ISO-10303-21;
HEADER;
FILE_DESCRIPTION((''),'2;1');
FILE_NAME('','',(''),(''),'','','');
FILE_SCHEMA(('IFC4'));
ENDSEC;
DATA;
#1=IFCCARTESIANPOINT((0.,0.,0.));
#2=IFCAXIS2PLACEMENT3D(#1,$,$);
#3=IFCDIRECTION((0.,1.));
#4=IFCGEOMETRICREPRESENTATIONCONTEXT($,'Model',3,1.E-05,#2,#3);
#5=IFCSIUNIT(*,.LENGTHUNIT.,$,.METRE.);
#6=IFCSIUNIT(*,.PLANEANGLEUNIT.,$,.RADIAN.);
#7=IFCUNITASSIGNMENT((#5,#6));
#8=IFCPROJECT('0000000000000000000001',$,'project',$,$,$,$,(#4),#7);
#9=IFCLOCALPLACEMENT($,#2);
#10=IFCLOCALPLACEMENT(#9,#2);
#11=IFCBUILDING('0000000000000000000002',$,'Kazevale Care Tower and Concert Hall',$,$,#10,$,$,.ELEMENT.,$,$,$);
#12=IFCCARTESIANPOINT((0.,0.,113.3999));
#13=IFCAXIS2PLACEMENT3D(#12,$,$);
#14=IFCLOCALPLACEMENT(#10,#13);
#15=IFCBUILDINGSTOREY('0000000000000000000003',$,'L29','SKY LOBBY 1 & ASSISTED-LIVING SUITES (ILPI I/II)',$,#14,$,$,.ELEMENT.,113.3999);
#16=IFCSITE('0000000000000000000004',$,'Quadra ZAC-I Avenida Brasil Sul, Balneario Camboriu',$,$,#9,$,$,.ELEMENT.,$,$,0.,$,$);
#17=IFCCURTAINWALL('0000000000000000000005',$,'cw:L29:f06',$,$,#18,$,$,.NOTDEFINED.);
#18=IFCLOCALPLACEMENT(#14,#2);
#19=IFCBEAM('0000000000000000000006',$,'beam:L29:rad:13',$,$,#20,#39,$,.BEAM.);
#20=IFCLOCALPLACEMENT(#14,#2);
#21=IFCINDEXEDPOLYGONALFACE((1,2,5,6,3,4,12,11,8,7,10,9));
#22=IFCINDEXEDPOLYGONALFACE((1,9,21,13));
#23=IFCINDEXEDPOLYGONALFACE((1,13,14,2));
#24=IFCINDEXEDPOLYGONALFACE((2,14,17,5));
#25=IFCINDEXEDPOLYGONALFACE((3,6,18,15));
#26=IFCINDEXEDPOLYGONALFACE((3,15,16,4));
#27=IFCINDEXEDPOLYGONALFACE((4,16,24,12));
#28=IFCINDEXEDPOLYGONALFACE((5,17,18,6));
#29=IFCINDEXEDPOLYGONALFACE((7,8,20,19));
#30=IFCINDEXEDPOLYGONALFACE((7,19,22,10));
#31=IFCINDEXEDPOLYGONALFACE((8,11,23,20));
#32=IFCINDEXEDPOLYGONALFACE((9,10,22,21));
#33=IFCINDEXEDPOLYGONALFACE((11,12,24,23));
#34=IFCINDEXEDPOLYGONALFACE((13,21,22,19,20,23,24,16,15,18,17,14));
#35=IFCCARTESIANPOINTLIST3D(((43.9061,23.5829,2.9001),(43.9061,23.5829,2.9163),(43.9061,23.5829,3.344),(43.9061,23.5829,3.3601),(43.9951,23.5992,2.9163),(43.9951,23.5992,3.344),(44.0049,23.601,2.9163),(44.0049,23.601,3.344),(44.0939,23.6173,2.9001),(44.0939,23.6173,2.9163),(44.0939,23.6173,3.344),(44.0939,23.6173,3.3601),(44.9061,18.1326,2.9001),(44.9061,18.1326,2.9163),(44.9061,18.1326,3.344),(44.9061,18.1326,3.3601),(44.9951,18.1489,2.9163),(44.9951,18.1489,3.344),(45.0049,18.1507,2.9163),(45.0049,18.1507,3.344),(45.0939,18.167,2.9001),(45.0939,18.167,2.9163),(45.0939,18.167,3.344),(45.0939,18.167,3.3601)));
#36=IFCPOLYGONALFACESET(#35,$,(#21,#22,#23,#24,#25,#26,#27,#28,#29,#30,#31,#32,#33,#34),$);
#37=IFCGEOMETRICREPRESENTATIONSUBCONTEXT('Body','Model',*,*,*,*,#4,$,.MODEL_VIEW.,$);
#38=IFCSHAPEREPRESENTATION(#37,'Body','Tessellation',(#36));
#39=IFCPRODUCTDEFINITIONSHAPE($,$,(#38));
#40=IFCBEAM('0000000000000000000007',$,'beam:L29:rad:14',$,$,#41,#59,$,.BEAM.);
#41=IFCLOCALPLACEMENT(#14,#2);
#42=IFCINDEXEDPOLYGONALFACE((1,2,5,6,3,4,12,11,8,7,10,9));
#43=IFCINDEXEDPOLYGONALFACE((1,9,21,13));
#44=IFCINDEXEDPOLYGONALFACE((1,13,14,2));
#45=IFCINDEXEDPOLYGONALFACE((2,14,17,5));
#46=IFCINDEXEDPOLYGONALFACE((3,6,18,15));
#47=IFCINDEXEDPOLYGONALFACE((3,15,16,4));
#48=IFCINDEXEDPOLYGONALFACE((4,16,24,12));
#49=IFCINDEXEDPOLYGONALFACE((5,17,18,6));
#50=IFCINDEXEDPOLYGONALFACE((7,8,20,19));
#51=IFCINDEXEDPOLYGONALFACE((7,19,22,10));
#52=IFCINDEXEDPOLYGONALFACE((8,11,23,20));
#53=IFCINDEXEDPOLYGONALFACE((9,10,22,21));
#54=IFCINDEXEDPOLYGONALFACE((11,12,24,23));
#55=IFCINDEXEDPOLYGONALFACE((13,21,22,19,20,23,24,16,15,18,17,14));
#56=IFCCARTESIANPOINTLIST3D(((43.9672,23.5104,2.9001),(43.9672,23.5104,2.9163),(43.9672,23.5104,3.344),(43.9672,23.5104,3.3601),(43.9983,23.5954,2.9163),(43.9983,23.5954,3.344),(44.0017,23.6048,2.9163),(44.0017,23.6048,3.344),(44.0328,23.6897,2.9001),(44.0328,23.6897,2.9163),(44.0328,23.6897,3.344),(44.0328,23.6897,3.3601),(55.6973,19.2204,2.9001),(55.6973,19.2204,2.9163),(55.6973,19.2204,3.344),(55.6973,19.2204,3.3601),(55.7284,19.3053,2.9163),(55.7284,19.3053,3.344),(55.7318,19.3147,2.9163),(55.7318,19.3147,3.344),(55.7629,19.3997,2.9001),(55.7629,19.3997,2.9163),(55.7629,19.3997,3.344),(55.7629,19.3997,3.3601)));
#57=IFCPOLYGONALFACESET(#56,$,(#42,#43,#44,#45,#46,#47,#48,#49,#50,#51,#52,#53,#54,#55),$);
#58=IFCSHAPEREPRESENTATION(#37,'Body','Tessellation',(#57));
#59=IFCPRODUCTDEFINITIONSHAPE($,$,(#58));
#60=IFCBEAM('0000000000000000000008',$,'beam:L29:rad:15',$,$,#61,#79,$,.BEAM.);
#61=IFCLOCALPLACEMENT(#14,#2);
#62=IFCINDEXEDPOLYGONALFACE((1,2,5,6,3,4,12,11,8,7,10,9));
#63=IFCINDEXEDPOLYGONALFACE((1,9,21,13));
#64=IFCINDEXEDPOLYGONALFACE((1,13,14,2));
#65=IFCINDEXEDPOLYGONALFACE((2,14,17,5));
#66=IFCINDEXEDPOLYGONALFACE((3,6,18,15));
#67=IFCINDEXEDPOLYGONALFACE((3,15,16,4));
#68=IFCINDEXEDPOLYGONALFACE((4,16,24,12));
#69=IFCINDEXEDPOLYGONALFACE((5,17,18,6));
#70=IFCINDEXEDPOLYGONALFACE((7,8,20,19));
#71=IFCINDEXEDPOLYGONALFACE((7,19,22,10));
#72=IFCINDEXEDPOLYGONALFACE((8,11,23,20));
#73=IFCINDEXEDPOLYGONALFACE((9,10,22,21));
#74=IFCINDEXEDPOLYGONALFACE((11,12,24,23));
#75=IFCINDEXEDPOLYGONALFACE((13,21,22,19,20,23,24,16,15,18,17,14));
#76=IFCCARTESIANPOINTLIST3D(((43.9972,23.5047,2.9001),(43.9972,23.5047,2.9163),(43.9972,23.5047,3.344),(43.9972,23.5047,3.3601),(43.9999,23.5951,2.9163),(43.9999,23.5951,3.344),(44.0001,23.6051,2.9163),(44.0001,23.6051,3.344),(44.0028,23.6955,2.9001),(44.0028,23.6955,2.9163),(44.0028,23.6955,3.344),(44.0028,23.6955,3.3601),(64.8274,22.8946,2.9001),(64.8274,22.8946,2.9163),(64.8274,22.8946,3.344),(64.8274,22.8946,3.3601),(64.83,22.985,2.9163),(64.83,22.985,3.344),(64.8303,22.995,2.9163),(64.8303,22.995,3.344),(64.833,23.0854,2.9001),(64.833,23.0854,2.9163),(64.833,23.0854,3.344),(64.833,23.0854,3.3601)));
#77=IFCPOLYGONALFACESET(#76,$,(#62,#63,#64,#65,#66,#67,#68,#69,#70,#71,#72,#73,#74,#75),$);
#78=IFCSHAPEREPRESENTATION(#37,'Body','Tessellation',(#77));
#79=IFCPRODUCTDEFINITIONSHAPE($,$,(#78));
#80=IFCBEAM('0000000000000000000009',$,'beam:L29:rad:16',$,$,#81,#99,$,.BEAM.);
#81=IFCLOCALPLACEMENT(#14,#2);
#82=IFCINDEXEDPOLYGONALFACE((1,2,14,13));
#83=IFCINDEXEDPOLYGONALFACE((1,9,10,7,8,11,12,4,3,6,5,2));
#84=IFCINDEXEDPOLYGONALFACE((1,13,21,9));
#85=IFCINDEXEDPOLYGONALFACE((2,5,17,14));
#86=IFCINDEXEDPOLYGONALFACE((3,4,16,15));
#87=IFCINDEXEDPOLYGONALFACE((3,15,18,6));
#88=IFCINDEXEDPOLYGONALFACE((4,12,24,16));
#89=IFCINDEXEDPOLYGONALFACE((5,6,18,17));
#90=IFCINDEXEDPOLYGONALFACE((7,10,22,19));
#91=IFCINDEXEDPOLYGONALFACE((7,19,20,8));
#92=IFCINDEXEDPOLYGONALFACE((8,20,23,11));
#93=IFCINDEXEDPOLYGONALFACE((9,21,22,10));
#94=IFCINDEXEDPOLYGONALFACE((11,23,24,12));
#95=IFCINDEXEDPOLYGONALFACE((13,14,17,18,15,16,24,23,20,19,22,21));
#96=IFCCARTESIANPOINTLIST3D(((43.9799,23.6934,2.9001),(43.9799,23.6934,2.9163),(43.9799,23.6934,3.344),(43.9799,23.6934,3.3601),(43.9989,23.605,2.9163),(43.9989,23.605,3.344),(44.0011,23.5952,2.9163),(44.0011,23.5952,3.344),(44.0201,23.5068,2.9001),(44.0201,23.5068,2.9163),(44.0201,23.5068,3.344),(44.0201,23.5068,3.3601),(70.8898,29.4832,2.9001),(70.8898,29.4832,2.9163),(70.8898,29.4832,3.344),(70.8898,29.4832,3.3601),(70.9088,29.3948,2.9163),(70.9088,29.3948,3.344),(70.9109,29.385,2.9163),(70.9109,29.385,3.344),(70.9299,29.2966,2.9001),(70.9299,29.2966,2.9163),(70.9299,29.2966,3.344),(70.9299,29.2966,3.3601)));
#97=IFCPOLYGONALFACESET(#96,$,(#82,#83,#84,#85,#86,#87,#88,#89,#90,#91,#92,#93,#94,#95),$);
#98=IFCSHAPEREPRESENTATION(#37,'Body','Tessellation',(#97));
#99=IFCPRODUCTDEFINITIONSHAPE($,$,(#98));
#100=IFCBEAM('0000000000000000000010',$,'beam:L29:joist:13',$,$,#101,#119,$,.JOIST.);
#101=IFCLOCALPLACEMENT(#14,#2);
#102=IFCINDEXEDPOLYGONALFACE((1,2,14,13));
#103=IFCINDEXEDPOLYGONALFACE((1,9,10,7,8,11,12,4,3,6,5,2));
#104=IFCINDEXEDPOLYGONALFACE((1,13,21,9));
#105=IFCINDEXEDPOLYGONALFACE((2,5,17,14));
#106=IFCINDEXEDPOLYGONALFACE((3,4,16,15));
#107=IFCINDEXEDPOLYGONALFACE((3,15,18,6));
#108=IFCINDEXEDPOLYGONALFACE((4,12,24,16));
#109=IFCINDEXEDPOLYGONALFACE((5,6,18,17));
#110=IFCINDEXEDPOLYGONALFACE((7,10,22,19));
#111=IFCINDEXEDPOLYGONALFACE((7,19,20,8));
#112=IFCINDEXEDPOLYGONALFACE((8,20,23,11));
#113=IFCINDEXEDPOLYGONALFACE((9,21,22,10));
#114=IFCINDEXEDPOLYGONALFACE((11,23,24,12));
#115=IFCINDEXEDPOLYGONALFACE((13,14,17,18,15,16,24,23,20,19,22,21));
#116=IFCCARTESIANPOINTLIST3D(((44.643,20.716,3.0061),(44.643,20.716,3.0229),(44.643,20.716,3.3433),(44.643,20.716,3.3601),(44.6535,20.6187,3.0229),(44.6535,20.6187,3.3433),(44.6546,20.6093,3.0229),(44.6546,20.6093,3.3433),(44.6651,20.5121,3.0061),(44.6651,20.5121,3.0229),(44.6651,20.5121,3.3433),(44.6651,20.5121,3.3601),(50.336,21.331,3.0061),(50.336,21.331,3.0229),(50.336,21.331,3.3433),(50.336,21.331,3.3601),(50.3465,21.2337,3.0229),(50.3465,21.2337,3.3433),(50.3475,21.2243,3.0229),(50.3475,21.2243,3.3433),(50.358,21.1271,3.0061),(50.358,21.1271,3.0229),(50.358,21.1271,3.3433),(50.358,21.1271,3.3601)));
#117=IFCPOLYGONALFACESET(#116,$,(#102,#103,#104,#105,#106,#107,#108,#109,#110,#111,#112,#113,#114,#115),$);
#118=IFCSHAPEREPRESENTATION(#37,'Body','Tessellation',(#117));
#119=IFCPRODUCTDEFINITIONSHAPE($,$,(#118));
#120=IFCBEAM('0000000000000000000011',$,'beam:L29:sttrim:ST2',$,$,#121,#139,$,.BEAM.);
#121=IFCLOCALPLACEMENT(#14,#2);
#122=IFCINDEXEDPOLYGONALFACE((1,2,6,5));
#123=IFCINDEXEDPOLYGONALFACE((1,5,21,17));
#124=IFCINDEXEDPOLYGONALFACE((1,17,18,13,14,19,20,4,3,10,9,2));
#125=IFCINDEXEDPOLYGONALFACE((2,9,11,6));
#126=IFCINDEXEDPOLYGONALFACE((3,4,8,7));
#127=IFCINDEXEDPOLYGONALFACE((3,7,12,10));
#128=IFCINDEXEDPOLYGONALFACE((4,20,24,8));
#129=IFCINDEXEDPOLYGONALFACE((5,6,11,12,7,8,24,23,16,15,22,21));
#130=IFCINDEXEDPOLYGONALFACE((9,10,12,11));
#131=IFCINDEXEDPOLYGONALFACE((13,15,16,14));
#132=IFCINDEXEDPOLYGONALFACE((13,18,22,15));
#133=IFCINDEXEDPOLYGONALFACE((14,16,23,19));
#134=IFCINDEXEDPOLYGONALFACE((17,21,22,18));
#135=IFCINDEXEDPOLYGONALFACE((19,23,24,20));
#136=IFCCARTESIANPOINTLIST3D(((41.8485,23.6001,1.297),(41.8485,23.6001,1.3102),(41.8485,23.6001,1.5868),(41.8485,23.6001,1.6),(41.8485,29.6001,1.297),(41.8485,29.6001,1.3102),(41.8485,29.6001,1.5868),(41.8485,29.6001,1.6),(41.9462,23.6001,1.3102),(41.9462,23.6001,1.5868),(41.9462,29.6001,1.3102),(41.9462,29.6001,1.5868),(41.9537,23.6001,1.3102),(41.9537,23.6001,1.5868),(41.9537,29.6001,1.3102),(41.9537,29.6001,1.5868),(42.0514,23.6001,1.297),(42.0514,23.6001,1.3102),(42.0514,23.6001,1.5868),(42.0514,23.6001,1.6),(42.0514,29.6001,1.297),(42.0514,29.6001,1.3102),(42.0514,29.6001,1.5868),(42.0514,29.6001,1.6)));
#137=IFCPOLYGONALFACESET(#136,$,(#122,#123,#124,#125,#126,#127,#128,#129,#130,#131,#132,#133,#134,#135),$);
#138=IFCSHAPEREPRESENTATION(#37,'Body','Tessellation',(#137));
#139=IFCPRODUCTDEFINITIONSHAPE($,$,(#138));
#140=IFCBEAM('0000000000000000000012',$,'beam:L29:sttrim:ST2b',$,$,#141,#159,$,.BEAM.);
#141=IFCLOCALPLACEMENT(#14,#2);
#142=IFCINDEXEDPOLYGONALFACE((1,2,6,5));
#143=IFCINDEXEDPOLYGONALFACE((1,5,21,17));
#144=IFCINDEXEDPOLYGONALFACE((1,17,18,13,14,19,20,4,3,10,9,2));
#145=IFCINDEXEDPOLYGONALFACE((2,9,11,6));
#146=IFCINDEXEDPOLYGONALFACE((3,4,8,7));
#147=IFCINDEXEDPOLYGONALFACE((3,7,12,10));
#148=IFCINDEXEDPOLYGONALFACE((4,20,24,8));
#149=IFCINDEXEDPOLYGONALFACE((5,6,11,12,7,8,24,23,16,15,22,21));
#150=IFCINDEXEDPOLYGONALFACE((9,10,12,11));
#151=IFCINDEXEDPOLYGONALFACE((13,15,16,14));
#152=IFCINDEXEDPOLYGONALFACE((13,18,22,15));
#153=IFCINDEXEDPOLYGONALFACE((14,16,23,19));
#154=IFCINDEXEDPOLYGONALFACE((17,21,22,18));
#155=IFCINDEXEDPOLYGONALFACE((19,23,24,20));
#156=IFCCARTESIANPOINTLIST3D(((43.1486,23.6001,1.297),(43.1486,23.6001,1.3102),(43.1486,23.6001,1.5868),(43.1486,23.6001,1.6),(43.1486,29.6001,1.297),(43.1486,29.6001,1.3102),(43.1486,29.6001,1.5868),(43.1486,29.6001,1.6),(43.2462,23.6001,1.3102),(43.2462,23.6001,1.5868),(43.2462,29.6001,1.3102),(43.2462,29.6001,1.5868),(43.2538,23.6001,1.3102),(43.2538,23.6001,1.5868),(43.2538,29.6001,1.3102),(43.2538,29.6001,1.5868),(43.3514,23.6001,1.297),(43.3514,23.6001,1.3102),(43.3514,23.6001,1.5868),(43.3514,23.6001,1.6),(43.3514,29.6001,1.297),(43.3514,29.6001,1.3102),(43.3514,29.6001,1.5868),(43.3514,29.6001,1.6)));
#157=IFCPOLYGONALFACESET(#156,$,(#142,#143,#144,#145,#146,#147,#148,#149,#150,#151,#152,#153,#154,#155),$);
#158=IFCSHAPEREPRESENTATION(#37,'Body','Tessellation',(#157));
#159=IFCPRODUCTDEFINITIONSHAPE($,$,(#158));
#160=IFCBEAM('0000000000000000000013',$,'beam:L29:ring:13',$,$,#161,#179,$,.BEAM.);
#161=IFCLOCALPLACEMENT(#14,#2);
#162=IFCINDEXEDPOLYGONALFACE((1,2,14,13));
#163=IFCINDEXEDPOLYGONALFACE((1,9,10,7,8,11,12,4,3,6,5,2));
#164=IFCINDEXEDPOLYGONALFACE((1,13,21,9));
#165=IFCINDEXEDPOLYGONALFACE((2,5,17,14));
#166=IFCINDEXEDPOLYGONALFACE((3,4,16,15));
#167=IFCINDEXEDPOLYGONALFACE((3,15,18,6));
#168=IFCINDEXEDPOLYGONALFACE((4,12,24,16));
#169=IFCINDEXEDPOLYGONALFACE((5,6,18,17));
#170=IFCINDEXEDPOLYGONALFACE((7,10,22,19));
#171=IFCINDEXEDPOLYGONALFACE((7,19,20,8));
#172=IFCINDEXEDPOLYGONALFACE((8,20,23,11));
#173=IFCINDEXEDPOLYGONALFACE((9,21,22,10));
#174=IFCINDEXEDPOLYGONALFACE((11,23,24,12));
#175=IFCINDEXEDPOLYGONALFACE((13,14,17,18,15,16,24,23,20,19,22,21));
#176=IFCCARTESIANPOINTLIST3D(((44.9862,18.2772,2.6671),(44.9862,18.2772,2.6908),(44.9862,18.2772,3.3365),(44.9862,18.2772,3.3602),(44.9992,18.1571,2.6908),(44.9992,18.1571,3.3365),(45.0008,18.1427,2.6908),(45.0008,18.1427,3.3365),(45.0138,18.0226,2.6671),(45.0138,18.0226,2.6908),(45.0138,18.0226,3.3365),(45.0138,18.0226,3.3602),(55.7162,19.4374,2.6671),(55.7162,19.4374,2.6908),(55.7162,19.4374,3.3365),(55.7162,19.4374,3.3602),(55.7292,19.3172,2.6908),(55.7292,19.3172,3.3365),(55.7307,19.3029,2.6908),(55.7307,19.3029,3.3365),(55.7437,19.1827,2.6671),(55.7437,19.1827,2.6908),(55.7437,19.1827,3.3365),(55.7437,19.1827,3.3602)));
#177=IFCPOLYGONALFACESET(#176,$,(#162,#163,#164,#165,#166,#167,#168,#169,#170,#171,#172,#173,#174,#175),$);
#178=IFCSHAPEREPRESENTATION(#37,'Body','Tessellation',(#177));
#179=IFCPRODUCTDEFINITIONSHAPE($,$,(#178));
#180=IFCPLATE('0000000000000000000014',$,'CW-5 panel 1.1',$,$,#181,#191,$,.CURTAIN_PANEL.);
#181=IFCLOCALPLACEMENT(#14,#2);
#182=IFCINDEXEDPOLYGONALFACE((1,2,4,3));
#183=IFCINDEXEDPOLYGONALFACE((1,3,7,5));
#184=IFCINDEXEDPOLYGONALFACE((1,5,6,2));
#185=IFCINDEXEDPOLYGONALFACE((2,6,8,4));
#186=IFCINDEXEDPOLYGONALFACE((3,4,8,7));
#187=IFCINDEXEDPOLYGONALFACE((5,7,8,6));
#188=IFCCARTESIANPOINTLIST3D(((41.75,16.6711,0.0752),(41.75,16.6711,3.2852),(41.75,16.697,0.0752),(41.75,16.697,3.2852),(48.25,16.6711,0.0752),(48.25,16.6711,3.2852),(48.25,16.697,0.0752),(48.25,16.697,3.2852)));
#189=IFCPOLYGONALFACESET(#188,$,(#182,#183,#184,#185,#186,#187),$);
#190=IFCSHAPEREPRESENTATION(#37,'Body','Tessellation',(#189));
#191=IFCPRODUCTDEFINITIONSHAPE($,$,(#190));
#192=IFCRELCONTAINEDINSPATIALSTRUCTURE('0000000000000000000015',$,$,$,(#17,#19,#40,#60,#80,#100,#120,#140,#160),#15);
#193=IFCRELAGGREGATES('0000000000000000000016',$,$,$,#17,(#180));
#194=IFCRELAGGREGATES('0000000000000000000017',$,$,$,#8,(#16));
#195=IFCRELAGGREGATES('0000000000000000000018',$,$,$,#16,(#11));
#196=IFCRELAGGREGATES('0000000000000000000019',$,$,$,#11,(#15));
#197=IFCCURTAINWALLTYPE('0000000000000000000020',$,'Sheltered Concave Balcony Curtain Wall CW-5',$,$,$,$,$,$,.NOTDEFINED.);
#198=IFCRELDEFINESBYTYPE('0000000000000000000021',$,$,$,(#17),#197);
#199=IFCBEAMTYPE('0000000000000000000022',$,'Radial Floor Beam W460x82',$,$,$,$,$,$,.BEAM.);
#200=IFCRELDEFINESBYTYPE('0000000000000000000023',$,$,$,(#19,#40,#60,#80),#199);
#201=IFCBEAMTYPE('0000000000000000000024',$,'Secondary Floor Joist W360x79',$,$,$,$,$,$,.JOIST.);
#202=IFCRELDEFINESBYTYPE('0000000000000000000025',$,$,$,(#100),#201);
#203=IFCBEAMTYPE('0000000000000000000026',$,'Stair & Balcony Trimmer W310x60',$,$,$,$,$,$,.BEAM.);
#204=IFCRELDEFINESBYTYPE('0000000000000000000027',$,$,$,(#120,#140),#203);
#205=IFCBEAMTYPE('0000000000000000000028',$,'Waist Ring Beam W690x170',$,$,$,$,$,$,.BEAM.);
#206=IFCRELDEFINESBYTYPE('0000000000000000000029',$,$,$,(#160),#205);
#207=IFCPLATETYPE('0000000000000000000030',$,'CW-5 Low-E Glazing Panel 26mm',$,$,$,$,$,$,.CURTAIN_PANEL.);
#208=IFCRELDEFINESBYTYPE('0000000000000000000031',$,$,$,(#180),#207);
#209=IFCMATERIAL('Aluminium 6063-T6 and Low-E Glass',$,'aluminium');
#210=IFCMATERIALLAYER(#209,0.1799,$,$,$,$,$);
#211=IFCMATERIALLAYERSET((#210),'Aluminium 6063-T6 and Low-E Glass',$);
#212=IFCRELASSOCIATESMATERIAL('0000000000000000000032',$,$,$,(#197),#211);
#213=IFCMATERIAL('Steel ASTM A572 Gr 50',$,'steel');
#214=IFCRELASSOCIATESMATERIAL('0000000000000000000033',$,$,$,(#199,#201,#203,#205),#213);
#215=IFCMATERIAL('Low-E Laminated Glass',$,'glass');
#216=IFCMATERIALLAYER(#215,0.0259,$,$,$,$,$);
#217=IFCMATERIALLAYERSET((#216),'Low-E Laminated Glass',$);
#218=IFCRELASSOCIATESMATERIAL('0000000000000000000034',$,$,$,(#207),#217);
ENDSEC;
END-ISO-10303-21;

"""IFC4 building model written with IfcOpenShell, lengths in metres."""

from ifc_helpers import new_model, si_unit, direction, frame, origin, origin_2d, place, context, subcontext, project, spatial, rectangle, i_section, extrude, material, layer, layer_set, material_profile, profile_set, type_object, element, aggregate, save


model = new_model("IFC4")

# Units and contexts
model_context = context("Model", 3, precision=1e-05, world=origin(), true_north=direction((0.0, 1.0)))
body_context = subcontext(model_context, "Body", "Model", "MODEL_VIEW")
ifc_project = project(units=[si_unit("LENGTHUNIT", "METRE"), si_unit("PLANEANGLEUNIT", "RADIAN")], contexts=[model_context])

# Site, building, storey
site_placement = place(None, origin())
site = spatial("IfcSite", under=ifc_project, at=site_placement, Name="Quadra ZAC-I Avenida Brasil Sul, Balneario Camboriu", CompositionType="ELEMENT", RefElevation=0.0)
building_placement = place(site_placement, origin())
building = spatial("IfcBuilding", under=site, at=building_placement, Name="Kazevale Care Tower and Concert Hall", CompositionType="ELEMENT")
storey_placement = place(building_placement, frame((0.0, 0.0, 113.3999)))
storey = spatial("IfcBuildingStorey", under=building, at=storey_placement, Name="L29", Description="SKY LOBBY 1 & ASSISTED-LIVING SUITES (ILPI I/II)", CompositionType="ELEMENT", Elevation=113.3999)

# Curtain wall
ifc_material_1 = material(Name="Aluminium 6063-T6 and Low-E Glass", Category="aluminium")
ifc_layer_1 = layer(ifc_material_1, 0.1799)
ifc_layer_set_1 = layer_set([ifc_layer_1], Name="Aluminium 6063-T6 and Low-E Glass")
curtain_wall_type = type_object("IfcCurtainWallType", Name="Sheltered Concave Balcony Curtain Wall CW-5", PredefinedType="NOTDEFINED", material=ifc_layer_set_1)
curtain_wall_1_placement = place(storey_placement, origin())
curtain_wall_1 = element("IfcCurtainWall", 1, at=curtain_wall_1_placement, inside=storey, type_object=curtain_wall_type, Name="cw:L29:f06", PredefinedType="NOTDEFINED")

# Beams
ifc_material_2 = material(Name="Steel ASTM A572 Gr 50", Category="steel")
ifc_material_profile_1 = material_profile(ifc_material_2, i_section(OverallWidth=0.1909, OverallDepth=0.46, WebThickness=0.01, FlangeThickness=0.0161, at=origin_2d()), Name="W460x82")
ifc_profile_set_1 = profile_set([ifc_material_profile_1], Name="Steel ASTM A572 Gr 50")
beam_type_1 = type_object("IfcBeamType", Name="Radial Floor Beam W460x82", PredefinedType="BEAM", material=ifc_profile_set_1)
beam_1_placement = place(storey_placement, frame((44.0, 23.6001, 3.1301), z_axis=(0.180467, -0.983581, 0.0), x_axis=(0.983581, 0.180467, 0.0)))
element("IfcBeam", 2, at=beam_1_placement, inside=storey, type_object=beam_type_1, Name="beam:L29:rad:13", PredefinedType="BEAM", context=body_context, shape_type="SweptSolid", body=[
    extrude(i_section(OverallWidth=0.1909, OverallDepth=0.46, WebThickness=0.01, FlangeThickness=0.0161, at=origin_2d()), origin(), (0.0, 0.0, 1.0), 5.5413),
])
beam_2_placement = place(storey_placement, frame((44.0, 23.6001, 3.1301), z_axis=(0.939159, -0.343481, 0.0), x_axis=(0.343481, 0.939159, 0.0)))
element("IfcBeam", 3, at=beam_2_placement, inside=storey, type_object=beam_type_1, Name="beam:L29:rad:14", PredefinedType="BEAM", context=body_context, shape_type="SweptSolid", body=[
    extrude(i_section(OverallWidth=0.1909, OverallDepth=0.46, WebThickness=0.01, FlangeThickness=0.0161, at=origin_2d()), origin(), (0.0, 0.0, 1.0), 12.49),
])
beam_3_placement = place(storey_placement, frame((44.0, 23.6001, 3.1301), z_axis=(0.999571, -0.029277, 0.0), x_axis=(0.029277, 0.999571, 0.0)))
element("IfcBeam", 4, at=beam_3_placement, inside=storey, type_object=beam_type_1, Name="beam:L29:rad:15", PredefinedType="BEAM", context=body_context, shape_type="SweptSolid", body=[
    extrude(i_section(OverallWidth=0.1909, OverallDepth=0.46, WebThickness=0.01, FlangeThickness=0.0161, at=origin_2d()), origin(), (0.0, 0.0, 1.0), 20.8391),
])
beam_4_placement = place(storey_placement, frame((44.0, 23.6001, 3.1301), z_axis=(0.977628, 0.210341, 0.0), x_axis=(-0.210341, 0.977628, 0.0)))
element("IfcBeam", 5, at=beam_4_placement, inside=storey, type_object=beam_type_1, Name="beam:L29:rad:16", PredefinedType="BEAM", context=body_context, shape_type="SweptSolid", body=[
    extrude(i_section(OverallWidth=0.1909, OverallDepth=0.46, WebThickness=0.01, FlangeThickness=0.0161, at=origin_2d()), origin(), (0.0, 0.0, 1.0), 27.5256),
])
ifc_material_profile_2 = material_profile(ifc_material_2, i_section(OverallWidth=0.2051, OverallDepth=0.354, WebThickness=0.0095, FlangeThickness=0.0168, at=origin_2d()), Name="W360x79")
ifc_profile_set_2 = profile_set([ifc_material_profile_2], Name="Steel ASTM A572 Gr 50")
beam_type_2 = type_object("IfcBeamType", Name="Secondary Floor Joist W360x79", PredefinedType="JOIST", material=ifc_profile_set_2)
beam_5_placement = place(storey_placement, frame((44.6541, 20.614, 3.1831), z_axis=(0.994216, 0.107403, 0.0), x_axis=(-0.107403, 0.994216, 0.0)))
element("IfcBeam", 6, at=beam_5_placement, inside=storey, type_object=beam_type_2, Name="beam:L29:joist:13", PredefinedType="JOIST", context=body_context, shape_type="SweptSolid", body=[
    extrude(i_section(OverallWidth=0.2051, OverallDepth=0.354, WebThickness=0.0095, FlangeThickness=0.0168, at=origin_2d()), origin(), (0.0, 0.0, 1.0), 5.7261),
])
ifc_material_profile_3 = material_profile(ifc_material_2, i_section(OverallWidth=0.2029, OverallDepth=0.303, WebThickness=0.0076, FlangeThickness=0.0132, at=origin_2d()), Name="W310x60")
ifc_profile_set_3 = profile_set([ifc_material_profile_3], Name="Steel ASTM A572 Gr 50")
beam_type_3 = type_object("IfcBeamType", Name="Stair & Balcony Trimmer W310x60", PredefinedType="BEAM", material=ifc_profile_set_3)
for number, where, z_axis, x_axis, name in (
    (7, (41.95, 23.6001, 1.4485), (0.0, 1.0, 0.0), (-1.0, 0.0, 0.0), "beam:L29:sttrim:ST2"),
    (8, (43.25, 23.6001, 1.4485), (0.0, 1.0, 0.0), (-1.0, 0.0, 0.0), "beam:L29:sttrim:ST2b"),
):
    element("IfcBeam", number, at=place(storey_placement, frame(where, z_axis=z_axis, x_axis=x_axis)), inside=storey, type_object=beam_type_3, Name=name, PredefinedType="BEAM", context=body_context, shape_type="SweptSolid", body=[
        extrude(i_section(OverallWidth=0.2029, OverallDepth=0.303, WebThickness=0.0076, FlangeThickness=0.0132, at=origin_2d()), origin(), (0.0, 0.0, 1.0), 6.0),
    ])
ifc_material_profile_4 = material_profile(ifc_material_2, i_section(OverallWidth=0.2561, OverallDepth=0.6931, WebThickness=0.0144, FlangeThickness=0.0237, at=origin_2d()), Name="W690x170")
ifc_profile_set_4 = profile_set([ifc_material_profile_4], Name="Steel ASTM A572 Gr 50")
beam_type_4 = type_object("IfcBeamType", Name="Waist Ring Beam W690x170", PredefinedType="BEAM", material=ifc_profile_set_4)
beam_6_placement = place(storey_placement, frame((45.0, 18.1499, 3.0137), z_axis=(0.994205, 0.107496, 0.0), x_axis=(-0.107496, 0.994205, 0.0)))
element("IfcBeam", 9, at=beam_6_placement, inside=storey, type_object=beam_type_4, Name="beam:L29:ring:13", PredefinedType="BEAM", context=body_context, shape_type="SweptSolid", body=[
    extrude(i_section(OverallWidth=0.2561, OverallDepth=0.6931, WebThickness=0.0144, FlangeThickness=0.0237, at=origin_2d()), origin(), (0.0, 0.0, 1.0), 10.7925),
])

# Plate
ifc_material_3 = material(Name="Low-E Laminated Glass", Category="glass")
ifc_layer_2 = layer(ifc_material_3, 0.0259)
ifc_layer_set_2 = layer_set([ifc_layer_2], Name="Low-E Laminated Glass")
plate_type = type_object("IfcPlateType", Name="CW-5 Low-E Glazing Panel 26mm", PredefinedType="CURTAIN_PANEL", material=ifc_layer_set_2)
plate_1_placement = place(storey_placement, frame((45.0, 16.6841, 0.0752), z_axis=(0.0, 0.0, 1.0), x_axis=(-1.0, 0.0, 0.0)))
plate_1 = element("IfcPlate", 10, at=plate_1_placement, type_object=plate_type, Name="CW-5 panel 1.1", PredefinedType="CURTAIN_PANEL", context=body_context, shape_type="SweptSolid", body=[
    extrude(rectangle(XDim=6.5, YDim=0.0259, at=origin_2d()), origin(), (0.0, 0.0, 1.0), 3.21),
])
aggregate(curtain_wall_1, [plate_1])

save(model, "model.ifc")
